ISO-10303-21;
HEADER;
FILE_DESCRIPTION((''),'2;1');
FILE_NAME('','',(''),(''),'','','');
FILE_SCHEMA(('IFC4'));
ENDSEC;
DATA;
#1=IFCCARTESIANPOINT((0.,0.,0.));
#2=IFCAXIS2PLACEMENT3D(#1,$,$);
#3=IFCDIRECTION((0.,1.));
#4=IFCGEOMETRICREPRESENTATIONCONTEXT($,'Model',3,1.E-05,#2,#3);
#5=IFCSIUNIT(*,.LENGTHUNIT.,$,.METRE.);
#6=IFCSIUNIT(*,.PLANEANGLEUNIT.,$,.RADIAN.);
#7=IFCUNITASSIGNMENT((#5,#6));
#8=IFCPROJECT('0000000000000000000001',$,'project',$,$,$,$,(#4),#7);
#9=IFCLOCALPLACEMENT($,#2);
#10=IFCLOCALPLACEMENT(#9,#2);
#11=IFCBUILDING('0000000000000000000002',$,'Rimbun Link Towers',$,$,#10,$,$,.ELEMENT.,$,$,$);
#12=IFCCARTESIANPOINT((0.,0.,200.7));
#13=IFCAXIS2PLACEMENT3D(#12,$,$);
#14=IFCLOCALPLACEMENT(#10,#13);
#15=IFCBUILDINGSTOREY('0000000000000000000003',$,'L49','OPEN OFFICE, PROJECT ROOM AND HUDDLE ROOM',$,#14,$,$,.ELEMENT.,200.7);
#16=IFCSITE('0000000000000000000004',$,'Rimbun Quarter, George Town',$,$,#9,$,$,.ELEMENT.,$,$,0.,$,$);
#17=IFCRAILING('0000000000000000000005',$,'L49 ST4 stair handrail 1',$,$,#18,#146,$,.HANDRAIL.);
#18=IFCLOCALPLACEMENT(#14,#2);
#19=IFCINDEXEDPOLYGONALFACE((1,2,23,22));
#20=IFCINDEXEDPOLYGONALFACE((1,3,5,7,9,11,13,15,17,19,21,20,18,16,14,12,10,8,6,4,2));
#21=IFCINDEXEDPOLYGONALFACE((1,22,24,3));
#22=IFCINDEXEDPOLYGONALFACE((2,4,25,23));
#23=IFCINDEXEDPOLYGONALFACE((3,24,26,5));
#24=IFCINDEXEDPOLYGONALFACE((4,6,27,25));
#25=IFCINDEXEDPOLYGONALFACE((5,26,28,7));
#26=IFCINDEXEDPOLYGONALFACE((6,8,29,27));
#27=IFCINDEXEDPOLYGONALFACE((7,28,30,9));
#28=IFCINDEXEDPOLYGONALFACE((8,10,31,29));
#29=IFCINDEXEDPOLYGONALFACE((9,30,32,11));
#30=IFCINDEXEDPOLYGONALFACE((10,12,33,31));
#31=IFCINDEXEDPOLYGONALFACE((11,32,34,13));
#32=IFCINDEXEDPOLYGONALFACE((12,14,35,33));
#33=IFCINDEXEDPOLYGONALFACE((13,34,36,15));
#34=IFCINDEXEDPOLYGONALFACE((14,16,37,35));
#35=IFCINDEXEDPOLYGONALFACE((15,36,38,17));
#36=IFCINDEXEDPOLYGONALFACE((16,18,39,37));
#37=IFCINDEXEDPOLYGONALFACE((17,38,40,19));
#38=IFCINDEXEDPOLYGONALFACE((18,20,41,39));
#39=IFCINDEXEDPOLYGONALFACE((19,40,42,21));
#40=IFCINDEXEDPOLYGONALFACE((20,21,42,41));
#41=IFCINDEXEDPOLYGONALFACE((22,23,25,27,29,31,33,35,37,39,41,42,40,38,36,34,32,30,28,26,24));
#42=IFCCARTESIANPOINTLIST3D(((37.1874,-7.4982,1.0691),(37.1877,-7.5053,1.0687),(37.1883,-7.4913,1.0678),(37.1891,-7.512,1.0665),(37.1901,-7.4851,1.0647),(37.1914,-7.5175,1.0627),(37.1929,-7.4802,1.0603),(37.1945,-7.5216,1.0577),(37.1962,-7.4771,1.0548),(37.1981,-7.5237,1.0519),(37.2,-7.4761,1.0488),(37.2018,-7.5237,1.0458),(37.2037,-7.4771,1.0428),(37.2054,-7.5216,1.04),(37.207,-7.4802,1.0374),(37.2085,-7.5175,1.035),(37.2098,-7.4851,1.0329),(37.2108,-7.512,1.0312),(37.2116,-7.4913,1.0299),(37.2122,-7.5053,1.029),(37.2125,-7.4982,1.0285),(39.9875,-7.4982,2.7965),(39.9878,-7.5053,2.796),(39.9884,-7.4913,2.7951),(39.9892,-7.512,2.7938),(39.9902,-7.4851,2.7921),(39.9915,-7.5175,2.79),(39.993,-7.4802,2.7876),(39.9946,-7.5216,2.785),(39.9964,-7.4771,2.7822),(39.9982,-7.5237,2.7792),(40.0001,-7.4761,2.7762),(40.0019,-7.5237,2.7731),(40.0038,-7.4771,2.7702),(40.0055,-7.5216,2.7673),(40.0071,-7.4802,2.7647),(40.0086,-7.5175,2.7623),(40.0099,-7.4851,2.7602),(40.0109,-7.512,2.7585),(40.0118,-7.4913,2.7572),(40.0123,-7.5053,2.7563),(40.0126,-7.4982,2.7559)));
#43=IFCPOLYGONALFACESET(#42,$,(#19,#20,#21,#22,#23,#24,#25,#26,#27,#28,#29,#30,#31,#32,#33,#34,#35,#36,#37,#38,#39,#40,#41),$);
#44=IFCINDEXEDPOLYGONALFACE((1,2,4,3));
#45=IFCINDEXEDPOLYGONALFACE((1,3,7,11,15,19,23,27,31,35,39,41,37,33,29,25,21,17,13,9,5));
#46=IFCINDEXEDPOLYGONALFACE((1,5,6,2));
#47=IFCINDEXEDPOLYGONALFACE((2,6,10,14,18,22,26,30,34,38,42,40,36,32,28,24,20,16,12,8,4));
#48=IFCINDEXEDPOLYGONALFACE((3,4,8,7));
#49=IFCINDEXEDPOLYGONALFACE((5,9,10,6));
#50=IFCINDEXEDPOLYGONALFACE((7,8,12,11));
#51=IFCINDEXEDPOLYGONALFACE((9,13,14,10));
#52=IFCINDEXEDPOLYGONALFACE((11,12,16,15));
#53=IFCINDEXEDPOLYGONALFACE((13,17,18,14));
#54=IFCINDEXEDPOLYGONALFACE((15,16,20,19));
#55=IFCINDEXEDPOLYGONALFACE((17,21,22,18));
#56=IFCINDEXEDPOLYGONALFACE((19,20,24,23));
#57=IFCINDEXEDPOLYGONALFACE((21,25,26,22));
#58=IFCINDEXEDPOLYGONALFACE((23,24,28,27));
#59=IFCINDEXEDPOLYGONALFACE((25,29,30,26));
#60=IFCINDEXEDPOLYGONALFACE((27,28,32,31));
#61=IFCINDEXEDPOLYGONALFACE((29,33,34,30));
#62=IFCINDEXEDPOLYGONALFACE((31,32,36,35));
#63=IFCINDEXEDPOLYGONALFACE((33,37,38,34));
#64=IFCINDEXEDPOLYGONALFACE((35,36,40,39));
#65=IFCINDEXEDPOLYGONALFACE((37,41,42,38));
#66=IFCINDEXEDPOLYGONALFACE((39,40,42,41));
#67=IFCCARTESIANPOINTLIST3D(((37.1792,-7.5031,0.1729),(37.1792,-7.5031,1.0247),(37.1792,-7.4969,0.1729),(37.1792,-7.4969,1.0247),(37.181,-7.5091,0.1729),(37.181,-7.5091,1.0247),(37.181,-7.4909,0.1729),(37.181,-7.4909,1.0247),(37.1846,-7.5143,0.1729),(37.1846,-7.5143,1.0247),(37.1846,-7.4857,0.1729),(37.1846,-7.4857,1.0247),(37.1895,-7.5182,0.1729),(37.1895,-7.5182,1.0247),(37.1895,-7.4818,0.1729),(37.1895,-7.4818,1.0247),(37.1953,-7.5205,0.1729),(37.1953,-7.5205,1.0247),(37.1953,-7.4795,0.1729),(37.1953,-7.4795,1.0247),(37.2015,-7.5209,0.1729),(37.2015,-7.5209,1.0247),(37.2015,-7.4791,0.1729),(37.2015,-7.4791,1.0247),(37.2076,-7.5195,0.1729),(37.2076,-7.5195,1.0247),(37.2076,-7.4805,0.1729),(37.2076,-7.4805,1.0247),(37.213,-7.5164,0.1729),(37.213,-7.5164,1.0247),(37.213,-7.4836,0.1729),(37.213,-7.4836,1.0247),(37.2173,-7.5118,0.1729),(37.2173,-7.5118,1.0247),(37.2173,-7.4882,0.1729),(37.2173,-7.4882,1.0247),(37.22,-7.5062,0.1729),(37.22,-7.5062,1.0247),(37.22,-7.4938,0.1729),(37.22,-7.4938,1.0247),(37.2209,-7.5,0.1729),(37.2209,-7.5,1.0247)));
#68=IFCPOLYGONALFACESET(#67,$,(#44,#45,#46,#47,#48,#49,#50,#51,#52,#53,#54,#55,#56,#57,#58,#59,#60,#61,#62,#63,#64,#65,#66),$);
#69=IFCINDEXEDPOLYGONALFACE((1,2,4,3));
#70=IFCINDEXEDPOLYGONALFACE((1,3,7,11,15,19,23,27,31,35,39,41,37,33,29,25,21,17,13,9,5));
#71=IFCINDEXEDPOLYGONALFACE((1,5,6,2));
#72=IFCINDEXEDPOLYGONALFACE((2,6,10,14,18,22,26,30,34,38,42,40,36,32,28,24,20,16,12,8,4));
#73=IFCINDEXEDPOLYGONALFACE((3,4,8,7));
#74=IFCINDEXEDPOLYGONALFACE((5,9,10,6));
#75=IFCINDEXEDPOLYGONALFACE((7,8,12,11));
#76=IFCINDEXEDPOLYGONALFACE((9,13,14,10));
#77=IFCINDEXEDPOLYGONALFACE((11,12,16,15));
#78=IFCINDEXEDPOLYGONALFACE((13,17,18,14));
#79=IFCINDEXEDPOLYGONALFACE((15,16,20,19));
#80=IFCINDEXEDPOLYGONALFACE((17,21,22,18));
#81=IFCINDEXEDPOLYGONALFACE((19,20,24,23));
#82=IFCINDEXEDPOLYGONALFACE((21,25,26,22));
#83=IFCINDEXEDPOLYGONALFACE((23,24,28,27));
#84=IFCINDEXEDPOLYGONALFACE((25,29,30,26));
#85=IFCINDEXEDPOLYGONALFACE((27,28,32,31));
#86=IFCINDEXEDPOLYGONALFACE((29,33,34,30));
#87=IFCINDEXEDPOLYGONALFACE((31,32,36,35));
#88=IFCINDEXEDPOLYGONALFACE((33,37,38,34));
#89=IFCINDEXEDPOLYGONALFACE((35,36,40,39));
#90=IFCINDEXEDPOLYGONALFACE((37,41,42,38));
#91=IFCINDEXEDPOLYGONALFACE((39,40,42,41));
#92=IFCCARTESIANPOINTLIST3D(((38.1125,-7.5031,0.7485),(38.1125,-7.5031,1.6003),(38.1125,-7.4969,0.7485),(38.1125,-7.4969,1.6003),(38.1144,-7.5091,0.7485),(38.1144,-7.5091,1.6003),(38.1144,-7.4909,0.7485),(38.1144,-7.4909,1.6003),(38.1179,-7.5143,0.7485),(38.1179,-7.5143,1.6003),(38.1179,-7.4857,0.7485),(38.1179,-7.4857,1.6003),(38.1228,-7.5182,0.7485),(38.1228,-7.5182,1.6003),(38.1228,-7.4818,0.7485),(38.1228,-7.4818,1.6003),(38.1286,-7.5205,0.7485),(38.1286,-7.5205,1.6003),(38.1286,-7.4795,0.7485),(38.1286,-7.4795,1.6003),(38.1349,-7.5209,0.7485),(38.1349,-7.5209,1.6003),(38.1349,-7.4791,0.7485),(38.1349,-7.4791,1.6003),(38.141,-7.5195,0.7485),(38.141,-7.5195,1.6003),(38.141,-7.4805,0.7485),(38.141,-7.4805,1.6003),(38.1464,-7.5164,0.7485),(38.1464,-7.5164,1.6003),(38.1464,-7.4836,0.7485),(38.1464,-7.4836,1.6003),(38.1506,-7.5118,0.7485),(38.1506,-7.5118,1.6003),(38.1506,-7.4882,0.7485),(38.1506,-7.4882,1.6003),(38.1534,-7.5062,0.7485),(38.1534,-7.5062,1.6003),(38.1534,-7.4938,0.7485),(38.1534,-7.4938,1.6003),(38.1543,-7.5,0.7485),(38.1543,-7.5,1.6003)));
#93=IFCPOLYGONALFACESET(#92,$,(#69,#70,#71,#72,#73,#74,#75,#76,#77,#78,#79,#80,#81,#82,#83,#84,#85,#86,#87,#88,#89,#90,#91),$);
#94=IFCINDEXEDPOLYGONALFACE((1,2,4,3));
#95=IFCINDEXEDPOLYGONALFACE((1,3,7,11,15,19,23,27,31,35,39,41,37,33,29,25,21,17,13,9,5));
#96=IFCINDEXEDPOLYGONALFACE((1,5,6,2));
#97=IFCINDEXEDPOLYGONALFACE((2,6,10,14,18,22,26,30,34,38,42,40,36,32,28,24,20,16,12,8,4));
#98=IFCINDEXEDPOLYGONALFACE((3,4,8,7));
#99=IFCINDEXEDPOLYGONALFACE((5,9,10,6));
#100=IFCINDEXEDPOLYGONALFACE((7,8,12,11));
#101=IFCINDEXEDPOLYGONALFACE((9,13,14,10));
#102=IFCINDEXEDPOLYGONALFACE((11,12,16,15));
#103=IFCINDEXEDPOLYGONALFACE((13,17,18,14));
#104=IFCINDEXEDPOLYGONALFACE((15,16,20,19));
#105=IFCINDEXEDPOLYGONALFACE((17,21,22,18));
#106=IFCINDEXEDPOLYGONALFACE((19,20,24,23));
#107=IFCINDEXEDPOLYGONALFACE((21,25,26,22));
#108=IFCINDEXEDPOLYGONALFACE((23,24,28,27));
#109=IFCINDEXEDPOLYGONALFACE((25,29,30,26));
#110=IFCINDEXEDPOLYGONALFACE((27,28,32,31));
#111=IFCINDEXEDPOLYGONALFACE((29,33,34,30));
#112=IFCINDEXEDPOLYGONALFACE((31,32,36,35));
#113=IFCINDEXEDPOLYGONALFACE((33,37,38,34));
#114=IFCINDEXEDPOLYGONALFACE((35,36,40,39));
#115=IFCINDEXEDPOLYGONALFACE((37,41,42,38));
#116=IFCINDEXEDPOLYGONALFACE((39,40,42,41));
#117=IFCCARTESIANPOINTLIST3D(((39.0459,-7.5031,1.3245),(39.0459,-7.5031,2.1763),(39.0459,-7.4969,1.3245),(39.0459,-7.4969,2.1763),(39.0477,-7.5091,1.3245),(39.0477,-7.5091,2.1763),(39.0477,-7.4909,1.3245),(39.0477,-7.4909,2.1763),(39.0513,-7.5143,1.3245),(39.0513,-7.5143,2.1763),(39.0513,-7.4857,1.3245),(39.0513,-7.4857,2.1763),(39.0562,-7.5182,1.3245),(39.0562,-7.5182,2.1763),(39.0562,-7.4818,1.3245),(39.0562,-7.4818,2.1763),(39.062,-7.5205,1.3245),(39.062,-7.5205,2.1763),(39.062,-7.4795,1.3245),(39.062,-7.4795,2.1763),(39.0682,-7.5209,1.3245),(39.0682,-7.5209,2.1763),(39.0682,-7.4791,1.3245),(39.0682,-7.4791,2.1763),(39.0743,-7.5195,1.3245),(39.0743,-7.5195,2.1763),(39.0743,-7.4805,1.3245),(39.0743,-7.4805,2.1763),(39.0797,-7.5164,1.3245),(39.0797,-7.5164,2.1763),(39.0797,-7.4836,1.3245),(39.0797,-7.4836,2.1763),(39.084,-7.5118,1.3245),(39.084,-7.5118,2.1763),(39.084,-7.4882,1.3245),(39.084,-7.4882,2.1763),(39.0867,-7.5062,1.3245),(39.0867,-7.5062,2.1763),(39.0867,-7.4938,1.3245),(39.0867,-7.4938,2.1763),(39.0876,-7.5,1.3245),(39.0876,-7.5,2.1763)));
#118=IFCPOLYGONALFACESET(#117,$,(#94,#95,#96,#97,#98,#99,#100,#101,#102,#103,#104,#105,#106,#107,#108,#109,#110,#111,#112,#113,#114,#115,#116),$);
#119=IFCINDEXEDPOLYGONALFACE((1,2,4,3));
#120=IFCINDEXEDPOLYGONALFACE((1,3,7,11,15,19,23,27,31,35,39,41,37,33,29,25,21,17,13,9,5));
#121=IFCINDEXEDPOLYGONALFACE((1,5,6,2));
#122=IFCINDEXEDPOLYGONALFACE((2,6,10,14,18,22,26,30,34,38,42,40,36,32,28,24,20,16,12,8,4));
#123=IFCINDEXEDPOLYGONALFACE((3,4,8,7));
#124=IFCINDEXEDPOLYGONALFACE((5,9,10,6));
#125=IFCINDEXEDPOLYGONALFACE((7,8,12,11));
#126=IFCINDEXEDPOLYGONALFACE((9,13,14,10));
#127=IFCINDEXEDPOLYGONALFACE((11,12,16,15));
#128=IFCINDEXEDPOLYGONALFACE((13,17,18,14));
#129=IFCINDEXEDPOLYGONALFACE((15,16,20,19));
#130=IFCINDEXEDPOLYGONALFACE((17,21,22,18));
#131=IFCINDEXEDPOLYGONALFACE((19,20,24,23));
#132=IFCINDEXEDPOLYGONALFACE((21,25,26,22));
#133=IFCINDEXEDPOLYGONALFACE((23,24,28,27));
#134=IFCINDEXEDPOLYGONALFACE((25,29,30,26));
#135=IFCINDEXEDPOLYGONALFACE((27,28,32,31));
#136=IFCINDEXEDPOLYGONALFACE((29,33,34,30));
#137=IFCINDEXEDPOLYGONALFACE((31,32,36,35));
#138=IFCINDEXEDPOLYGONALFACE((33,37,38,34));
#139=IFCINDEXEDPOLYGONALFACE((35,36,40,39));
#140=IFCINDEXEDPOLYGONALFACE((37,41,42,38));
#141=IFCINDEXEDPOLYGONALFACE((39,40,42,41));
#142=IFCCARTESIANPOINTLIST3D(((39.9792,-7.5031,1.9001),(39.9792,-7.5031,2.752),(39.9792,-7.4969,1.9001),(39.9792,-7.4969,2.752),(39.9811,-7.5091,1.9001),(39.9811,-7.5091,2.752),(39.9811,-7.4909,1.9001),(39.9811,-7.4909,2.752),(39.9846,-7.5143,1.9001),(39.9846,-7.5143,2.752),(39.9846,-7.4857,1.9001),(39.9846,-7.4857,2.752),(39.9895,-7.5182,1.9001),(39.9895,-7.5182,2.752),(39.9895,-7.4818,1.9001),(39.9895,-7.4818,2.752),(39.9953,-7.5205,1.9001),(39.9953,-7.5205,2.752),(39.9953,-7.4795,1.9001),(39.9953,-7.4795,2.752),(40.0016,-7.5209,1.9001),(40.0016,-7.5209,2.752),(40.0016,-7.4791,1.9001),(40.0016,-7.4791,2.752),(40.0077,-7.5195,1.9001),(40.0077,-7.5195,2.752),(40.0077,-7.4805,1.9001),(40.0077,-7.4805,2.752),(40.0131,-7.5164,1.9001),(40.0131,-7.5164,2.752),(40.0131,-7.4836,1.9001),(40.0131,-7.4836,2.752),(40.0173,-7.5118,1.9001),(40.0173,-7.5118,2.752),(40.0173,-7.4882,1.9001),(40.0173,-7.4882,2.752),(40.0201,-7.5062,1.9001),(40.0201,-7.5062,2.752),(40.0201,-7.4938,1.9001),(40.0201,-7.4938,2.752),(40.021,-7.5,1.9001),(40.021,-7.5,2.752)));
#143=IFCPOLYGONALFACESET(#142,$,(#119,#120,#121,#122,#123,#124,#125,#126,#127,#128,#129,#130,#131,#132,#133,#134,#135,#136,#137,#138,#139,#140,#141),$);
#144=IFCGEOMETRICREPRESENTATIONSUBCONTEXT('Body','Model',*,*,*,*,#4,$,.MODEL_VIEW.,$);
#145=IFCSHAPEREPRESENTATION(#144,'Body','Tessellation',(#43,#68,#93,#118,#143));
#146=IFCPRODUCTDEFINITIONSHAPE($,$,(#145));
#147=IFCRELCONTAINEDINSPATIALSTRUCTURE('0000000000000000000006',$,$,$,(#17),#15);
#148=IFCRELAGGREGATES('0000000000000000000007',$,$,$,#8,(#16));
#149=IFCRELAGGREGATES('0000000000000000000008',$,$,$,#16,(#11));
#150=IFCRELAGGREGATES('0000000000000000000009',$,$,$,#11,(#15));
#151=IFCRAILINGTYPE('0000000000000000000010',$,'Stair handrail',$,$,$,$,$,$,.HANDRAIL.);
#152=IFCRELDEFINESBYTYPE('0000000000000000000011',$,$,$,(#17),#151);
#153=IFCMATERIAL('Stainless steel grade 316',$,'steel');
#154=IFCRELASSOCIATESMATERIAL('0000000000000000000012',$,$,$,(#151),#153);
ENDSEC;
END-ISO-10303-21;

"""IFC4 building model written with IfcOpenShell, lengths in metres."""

from ifc_helpers import new_model, si_unit, direction, frame, origin, origin_2d, place, context, subcontext, project, spatial, circle, extrude, material, type_object, element, save


model = new_model("IFC4")

# Units and contexts
model_context = context("Model", 3, precision=1e-05, world=origin(), true_north=direction((0.0, 1.0)))
body_context = subcontext(model_context, "Body", "Model", "MODEL_VIEW")
ifc_project = project(units=[si_unit("LENGTHUNIT", "METRE"), si_unit("PLANEANGLEUNIT", "RADIAN")], contexts=[model_context])

# Site, building, storey
site_placement = place(None, origin())
site = spatial("IfcSite", under=ifc_project, at=site_placement, Name="Rimbun Quarter, George Town", CompositionType="ELEMENT", RefElevation=0.0)
building_placement = place(site_placement, origin())
building = spatial("IfcBuilding", under=site, at=building_placement, Name="Rimbun Link Towers", CompositionType="ELEMENT")
storey_placement = place(building_placement, frame((0.0, 0.0, 200.7)))
storey = spatial("IfcBuildingStorey", under=building, at=storey_placement, Name="L49", Description="OPEN OFFICE, PROJECT ROOM AND HUDDLE ROOM", CompositionType="ELEMENT", Elevation=200.7)

# Railing
ifc_material_1 = material(Name="Stainless steel grade 316", Category="steel")
railing_type_1 = type_object("IfcRailingType", Name="Stair handrail", PredefinedType="HANDRAIL", material=ifc_material_1)
railing_1_placement = place(storey_placement, frame((37.2, -7.5, 0.1729)))
element("IfcRailing", 1, at=railing_1_placement, inside=storey, type_object=railing_type_1, Name="L49 ST4 stair handrail 1", PredefinedType="HANDRAIL", context=body_context, shape_type="SweptSolid", body=[
    extrude(circle(Radius=0.0239, at=origin_2d()), frame((0.0, 0.0, 0.876), z_axis=(0.85109, 0.0, 0.52502), x_axis=(0.0, 1.0, 0.0)), (0.0, 0.0, 1.0), 3.29),
    extrude(circle(Radius=0.021, at=origin_2d()), origin(), (0.0, 0.0, 1.0), 0.8518),
    extrude(circle(Radius=0.021, at=origin_2d()), frame((0.9333, 0.0, 0.5757)), (0.0, 0.0, 1.0), 0.8518),
    extrude(circle(Radius=0.021, at=origin_2d()), frame((1.8667, 0.0, 1.1516)), (0.0, 0.0, 1.0), 0.8518),
    extrude(circle(Radius=0.021, at=origin_2d()), frame((2.8, 0.0, 1.7273)), (0.0, 0.0, 1.0), 0.8518),
])

save(model, "model.ifc")
